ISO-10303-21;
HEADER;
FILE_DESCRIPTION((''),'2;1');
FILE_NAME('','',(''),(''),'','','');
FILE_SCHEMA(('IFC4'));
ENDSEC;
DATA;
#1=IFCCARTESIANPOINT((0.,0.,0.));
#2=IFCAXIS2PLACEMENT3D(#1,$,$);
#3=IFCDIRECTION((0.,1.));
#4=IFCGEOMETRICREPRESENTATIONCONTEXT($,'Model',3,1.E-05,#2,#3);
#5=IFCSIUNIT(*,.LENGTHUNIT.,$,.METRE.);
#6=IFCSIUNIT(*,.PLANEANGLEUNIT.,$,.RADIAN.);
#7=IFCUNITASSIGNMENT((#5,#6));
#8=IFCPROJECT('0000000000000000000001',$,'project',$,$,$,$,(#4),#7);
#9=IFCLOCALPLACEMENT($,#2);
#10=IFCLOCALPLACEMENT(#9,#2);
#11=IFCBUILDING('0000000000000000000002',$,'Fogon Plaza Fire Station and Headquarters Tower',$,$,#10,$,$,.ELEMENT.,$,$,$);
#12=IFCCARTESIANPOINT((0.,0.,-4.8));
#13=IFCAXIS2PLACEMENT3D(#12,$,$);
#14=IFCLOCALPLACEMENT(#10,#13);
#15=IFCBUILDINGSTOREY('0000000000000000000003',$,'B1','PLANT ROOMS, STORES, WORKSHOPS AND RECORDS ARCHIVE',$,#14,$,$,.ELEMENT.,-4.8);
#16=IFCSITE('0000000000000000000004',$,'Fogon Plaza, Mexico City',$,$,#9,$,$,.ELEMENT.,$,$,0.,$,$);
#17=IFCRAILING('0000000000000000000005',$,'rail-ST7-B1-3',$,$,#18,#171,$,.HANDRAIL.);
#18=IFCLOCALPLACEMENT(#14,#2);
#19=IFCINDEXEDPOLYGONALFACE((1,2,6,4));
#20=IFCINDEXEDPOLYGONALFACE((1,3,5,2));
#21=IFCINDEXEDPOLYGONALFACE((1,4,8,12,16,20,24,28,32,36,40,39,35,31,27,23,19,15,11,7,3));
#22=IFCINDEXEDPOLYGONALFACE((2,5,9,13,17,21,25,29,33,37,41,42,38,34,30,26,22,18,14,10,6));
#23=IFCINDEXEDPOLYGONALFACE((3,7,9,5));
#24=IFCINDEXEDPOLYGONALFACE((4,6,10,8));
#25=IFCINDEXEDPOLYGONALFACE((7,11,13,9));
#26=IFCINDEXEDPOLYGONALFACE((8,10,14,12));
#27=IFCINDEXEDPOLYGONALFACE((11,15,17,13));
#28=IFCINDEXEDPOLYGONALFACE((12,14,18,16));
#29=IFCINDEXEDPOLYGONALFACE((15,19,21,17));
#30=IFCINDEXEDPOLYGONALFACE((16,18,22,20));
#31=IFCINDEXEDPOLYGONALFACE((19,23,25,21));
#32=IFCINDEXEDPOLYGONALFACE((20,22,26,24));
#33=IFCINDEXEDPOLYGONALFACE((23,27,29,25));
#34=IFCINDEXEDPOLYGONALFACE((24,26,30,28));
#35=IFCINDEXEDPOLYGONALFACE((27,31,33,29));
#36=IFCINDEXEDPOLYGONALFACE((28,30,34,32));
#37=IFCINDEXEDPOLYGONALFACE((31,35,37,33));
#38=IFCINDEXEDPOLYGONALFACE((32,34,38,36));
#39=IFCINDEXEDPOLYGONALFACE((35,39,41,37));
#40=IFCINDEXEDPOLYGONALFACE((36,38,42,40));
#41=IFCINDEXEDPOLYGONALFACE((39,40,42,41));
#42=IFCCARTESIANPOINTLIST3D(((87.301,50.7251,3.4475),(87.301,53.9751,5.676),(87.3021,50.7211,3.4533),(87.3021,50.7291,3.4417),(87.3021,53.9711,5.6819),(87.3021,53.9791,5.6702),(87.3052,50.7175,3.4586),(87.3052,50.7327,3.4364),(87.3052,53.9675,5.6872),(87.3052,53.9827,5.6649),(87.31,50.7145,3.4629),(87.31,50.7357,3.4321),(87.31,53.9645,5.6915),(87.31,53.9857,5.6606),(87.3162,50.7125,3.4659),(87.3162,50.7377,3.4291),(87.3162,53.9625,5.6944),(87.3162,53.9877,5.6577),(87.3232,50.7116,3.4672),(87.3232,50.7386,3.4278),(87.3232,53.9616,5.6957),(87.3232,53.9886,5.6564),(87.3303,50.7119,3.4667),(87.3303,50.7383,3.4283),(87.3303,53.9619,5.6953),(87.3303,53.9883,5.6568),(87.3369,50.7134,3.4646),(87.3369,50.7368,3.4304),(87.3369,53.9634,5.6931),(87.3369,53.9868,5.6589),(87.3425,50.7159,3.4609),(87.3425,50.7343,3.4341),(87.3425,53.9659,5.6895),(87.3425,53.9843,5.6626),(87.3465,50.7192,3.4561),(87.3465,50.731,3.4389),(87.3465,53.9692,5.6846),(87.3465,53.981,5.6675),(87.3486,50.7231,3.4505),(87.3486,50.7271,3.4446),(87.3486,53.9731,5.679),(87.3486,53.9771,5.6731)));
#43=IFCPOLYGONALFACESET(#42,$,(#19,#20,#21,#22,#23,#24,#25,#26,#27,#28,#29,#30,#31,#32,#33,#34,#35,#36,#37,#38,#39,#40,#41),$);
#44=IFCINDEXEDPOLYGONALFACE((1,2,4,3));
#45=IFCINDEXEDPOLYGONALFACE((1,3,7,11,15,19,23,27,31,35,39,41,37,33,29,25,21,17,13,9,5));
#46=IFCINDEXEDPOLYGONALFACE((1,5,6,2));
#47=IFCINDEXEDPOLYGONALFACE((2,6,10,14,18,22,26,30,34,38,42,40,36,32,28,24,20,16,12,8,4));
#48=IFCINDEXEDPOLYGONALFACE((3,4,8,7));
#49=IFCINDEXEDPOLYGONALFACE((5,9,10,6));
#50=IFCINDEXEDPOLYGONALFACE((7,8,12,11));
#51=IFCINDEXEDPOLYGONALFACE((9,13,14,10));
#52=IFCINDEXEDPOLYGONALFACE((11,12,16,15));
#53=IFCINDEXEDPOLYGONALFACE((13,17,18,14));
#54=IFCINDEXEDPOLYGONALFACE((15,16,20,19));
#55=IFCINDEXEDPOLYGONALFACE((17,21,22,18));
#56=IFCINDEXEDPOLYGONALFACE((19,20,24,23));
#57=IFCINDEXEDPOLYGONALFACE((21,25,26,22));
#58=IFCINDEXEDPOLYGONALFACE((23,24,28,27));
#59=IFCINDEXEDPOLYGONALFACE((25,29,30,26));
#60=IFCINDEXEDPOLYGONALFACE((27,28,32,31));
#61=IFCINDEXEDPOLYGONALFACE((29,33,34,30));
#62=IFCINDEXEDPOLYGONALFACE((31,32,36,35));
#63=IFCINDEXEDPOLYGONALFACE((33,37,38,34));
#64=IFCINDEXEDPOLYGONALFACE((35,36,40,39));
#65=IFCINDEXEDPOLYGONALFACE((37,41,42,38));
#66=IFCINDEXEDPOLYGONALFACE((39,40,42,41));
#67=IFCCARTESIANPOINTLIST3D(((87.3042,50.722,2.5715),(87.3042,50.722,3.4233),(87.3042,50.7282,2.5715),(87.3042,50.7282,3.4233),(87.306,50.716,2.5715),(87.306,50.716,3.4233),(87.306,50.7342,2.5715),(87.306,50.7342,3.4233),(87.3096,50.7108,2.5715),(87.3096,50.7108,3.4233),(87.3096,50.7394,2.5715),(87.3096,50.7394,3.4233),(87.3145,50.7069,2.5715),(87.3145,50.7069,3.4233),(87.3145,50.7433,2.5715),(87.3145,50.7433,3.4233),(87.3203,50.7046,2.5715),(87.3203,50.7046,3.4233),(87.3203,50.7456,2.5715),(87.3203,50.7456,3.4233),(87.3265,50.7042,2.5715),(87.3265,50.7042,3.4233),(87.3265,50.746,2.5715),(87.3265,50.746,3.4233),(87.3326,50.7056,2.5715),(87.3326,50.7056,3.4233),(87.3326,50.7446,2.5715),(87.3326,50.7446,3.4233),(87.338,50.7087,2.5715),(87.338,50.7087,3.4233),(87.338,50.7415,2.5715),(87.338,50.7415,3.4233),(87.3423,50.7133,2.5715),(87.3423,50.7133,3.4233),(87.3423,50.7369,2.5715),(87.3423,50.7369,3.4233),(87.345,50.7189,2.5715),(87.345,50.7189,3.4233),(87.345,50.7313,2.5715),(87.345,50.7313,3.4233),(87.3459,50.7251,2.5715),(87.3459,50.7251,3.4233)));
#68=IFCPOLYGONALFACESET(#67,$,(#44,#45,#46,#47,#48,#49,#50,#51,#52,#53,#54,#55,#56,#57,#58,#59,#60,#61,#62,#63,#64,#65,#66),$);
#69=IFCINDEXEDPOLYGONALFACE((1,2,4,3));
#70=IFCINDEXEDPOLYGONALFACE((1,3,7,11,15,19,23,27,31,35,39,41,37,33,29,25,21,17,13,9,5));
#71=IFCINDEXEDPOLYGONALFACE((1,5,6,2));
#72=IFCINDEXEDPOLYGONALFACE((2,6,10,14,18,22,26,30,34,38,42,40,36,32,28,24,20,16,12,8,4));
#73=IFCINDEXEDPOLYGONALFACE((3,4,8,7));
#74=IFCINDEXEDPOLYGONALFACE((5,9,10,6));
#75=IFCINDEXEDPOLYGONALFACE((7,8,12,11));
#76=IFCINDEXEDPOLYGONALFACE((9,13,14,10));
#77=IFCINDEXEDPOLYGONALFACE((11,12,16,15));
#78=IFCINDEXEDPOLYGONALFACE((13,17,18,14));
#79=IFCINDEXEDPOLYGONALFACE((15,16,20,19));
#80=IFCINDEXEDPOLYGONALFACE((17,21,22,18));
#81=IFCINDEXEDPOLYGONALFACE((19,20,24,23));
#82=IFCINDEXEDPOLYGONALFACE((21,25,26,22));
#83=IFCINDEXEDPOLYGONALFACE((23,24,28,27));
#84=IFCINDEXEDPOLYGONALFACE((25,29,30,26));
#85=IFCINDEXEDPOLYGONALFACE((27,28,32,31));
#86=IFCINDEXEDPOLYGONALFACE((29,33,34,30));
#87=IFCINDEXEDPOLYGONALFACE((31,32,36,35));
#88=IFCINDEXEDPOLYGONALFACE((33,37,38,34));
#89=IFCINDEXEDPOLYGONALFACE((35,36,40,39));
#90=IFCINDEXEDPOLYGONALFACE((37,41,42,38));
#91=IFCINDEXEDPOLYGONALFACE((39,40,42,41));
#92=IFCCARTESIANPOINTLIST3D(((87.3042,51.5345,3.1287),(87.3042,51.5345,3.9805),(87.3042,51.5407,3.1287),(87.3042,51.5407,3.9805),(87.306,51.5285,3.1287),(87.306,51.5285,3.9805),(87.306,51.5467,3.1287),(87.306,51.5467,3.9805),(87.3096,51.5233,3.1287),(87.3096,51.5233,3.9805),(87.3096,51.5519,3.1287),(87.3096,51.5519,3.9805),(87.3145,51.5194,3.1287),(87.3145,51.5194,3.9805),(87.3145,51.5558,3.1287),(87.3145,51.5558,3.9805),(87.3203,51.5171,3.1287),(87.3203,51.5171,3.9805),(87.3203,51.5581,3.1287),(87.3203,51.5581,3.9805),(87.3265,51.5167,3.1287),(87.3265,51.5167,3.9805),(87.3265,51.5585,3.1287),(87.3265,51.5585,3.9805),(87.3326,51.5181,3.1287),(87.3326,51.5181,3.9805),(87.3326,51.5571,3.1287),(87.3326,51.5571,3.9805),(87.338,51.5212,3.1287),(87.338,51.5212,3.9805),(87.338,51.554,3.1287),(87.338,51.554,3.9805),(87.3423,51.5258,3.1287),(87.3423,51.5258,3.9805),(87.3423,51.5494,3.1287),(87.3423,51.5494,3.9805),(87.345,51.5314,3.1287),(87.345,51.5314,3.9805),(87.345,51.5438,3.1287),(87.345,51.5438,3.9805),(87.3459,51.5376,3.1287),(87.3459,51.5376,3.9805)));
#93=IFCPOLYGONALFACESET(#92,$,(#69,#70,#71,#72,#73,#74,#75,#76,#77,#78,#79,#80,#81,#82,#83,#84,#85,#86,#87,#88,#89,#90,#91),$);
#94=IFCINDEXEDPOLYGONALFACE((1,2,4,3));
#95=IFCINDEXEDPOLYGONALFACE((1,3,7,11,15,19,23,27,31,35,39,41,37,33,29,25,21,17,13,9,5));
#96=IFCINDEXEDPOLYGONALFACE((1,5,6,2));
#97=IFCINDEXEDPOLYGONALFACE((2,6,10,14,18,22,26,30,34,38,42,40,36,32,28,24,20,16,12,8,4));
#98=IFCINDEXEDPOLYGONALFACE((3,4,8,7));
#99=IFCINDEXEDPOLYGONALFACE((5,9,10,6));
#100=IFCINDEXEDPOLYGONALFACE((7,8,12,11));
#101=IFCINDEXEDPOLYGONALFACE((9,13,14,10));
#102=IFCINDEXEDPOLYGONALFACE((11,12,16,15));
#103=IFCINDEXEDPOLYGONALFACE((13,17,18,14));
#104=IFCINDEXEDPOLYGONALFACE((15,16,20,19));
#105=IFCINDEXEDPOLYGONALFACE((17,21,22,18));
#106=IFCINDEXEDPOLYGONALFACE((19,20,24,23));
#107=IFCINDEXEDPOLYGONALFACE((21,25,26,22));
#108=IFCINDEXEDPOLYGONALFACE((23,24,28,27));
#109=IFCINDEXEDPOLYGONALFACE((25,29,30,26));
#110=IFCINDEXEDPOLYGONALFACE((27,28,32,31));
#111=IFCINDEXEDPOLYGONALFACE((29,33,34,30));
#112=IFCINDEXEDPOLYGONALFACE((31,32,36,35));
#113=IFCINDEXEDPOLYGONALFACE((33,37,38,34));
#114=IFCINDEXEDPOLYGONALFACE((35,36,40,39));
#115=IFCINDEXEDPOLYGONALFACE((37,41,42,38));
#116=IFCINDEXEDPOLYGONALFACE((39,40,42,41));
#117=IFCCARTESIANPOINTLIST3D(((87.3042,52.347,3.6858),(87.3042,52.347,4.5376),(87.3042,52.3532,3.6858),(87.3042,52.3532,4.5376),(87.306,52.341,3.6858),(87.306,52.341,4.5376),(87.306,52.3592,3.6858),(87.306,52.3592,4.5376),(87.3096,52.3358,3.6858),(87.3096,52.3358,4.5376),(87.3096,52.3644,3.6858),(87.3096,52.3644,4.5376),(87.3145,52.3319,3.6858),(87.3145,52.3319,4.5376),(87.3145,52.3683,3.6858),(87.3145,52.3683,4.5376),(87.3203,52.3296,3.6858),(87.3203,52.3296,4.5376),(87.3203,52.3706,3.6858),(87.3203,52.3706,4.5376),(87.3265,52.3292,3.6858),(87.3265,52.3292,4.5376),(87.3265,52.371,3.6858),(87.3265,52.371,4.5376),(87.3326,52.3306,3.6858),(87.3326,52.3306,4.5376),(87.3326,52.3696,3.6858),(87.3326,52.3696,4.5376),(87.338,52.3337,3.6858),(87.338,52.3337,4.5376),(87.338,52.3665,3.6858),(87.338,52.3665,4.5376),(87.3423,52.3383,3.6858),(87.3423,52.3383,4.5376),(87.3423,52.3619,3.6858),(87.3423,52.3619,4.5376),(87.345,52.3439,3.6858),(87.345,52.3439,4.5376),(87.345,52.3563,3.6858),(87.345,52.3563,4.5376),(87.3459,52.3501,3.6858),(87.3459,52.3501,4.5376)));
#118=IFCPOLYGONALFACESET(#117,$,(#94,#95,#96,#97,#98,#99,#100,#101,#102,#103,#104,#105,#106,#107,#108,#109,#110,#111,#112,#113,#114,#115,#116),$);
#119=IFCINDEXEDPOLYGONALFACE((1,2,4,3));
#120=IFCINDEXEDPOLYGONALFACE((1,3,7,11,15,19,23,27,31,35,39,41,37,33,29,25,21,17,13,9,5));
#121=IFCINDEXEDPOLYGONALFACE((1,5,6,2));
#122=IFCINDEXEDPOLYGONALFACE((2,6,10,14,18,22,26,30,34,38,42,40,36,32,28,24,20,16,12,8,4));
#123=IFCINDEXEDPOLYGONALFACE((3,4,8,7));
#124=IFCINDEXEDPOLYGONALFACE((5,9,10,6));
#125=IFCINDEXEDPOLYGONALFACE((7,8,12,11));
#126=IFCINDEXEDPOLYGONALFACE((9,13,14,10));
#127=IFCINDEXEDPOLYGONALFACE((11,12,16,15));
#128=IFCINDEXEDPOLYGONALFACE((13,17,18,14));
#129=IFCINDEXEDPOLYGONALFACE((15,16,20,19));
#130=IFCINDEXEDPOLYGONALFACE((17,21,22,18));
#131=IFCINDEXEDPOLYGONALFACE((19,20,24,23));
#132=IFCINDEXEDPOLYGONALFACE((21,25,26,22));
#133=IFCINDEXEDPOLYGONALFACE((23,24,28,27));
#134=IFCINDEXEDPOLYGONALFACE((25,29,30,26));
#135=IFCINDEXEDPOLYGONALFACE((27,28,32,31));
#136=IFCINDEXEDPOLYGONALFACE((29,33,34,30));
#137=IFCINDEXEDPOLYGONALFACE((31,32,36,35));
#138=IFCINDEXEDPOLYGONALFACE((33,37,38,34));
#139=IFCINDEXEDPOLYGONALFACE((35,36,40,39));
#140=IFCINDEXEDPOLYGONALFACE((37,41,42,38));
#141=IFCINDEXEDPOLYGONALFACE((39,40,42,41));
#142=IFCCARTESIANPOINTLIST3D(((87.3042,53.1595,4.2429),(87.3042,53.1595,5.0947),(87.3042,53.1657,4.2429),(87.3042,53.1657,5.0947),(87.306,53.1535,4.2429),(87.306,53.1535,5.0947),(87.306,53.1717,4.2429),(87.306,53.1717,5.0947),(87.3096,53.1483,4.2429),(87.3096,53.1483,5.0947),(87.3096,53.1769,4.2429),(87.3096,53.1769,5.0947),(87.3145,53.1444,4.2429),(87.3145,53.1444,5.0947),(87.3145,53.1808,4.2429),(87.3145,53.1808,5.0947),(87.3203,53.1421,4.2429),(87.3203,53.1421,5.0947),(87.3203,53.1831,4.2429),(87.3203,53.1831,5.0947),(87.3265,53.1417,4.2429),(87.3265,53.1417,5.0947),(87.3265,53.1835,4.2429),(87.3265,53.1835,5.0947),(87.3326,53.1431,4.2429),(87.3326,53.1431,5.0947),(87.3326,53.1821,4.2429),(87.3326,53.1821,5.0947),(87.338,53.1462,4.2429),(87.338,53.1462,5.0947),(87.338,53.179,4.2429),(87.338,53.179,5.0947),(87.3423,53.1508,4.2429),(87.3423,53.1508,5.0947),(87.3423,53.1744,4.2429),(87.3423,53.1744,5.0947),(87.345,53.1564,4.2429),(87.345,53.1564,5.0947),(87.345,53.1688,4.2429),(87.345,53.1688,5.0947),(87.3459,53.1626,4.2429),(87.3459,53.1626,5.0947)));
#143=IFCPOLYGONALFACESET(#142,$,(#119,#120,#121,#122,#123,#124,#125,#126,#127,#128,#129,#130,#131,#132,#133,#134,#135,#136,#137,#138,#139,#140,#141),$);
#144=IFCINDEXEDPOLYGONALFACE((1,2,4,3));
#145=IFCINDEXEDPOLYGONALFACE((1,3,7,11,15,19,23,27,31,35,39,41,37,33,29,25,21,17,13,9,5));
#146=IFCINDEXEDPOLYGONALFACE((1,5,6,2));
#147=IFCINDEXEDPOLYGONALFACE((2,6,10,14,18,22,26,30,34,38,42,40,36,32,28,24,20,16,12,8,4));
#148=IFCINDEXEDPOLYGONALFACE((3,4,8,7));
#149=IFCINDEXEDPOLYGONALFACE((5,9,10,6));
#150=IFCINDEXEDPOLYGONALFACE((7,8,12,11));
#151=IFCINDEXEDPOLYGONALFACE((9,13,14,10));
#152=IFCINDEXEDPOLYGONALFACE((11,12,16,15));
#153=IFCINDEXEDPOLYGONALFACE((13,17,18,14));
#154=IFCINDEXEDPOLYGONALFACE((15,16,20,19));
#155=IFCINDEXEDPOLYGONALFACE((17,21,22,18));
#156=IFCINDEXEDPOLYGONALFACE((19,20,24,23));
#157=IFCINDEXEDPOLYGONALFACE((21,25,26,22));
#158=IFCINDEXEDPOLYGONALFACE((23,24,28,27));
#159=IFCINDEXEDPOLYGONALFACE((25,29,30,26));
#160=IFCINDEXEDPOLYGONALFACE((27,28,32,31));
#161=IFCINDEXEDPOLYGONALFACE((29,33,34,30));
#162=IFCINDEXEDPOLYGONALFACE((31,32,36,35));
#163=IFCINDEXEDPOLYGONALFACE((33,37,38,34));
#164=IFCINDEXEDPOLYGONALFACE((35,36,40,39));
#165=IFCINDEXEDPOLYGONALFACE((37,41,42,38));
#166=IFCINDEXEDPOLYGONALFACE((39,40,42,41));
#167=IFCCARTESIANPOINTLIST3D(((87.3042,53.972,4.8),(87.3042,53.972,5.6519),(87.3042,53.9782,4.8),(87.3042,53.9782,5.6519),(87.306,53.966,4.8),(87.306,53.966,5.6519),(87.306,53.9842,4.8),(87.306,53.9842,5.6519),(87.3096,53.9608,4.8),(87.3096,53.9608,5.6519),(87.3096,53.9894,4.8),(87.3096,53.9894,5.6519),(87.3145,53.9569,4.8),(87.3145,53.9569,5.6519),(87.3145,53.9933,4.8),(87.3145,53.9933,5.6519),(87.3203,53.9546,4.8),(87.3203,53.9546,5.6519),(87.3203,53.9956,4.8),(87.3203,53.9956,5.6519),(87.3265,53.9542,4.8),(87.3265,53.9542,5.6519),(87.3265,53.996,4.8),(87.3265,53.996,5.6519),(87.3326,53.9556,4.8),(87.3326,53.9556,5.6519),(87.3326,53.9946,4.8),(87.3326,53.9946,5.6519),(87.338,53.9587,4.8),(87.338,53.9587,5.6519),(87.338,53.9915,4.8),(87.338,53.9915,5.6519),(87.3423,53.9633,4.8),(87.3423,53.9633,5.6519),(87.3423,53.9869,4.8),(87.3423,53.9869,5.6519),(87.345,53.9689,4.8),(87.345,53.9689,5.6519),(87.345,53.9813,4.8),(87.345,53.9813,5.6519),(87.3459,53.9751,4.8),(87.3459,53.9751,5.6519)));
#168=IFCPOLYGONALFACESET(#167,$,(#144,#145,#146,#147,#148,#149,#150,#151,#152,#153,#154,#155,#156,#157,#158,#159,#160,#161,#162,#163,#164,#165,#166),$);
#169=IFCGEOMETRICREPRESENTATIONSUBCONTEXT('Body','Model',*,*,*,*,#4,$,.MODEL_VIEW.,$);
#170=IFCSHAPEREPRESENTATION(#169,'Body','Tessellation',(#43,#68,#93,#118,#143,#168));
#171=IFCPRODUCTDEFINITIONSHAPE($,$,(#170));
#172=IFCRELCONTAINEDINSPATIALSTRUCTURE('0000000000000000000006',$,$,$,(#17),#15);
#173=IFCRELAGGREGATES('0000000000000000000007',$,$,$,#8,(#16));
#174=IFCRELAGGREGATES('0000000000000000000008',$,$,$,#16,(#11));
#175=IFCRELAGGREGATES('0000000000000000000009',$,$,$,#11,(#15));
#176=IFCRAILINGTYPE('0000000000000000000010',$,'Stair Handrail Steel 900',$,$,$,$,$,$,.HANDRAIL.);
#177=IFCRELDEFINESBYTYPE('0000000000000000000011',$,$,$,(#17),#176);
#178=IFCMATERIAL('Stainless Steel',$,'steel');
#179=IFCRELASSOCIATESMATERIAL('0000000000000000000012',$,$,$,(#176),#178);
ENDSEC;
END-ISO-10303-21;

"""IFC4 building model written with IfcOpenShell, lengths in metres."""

from ifc_helpers import new_model, si_unit, direction, frame, origin, origin_2d, place, context, subcontext, project, spatial, circle, extrude, material, type_object, element, save


model = new_model("IFC4")

# Units and contexts
model_context = context("Model", 3, precision=1e-05, world=origin(), true_north=direction((0.0, 1.0)))
body_context = subcontext(model_context, "Body", "Model", "MODEL_VIEW")
ifc_project = project(units=[si_unit("LENGTHUNIT", "METRE"), si_unit("PLANEANGLEUNIT", "RADIAN")], contexts=[model_context])

# Site, building, storey
site_placement = place(None, origin())
site = spatial("IfcSite", under=ifc_project, at=site_placement, Name="Fogon Plaza, Mexico City", CompositionType="ELEMENT", RefElevation=0.0)
building_placement = place(site_placement, origin())
building = spatial("IfcBuilding", under=site, at=building_placement, Name="Fogon Plaza Fire Station and Headquarters Tower", CompositionType="ELEMENT")
storey_placement = place(building_placement, frame((0.0, 0.0, -4.8)))
storey = spatial("IfcBuildingStorey", under=building, at=storey_placement, Name="B1", Description="PLANT ROOMS, STORES, WORKSHOPS AND RECORDS ARCHIVE", CompositionType="ELEMENT", Elevation=-4.8)

# Railing
ifc_material_1 = material(Name="Stainless Steel", Category="steel")
railing_type_1 = type_object("IfcRailingType", Name="Stair Handrail Steel 900", PredefinedType="HANDRAIL", material=ifc_material_1)
for number, where, name in (
    (1, (87.325, 50.7251, 2.5715), "rail-ST7-B1-3"),
):
    element("IfcRailing", number, at=place(storey_placement, frame(where)), inside=storey, type_object=railing_type_1, Name=name, PredefinedType="HANDRAIL", context=body_context, shape_type="SweptSolid", body=[
        extrude(circle(Radius=0.0239, at=origin_2d()), frame((0.0, 0.0, 0.876), z_axis=(0.0, 0.824735, 0.565519), x_axis=(-1.0, 0.0, 0.0)), (0.0, 0.0, 1.0), 3.9407),
        extrude(circle(Radius=0.021, at=origin_2d()), origin(), (0.0, 0.0, 1.0), 0.8518),
        extrude(circle(Radius=0.021, at=origin_2d()), frame((0.0, 0.8125, 0.5571)), (0.0, 0.0, 1.0), 0.8518),
        extrude(circle(Radius=0.021, at=origin_2d()), frame((0.0, 1.625, 1.1143)), (0.0, 0.0, 1.0), 0.8518),
        extrude(circle(Radius=0.021, at=origin_2d()), frame((0.0, 2.4375, 1.6714)), (0.0, 0.0, 1.0), 0.8518),
        extrude(circle(Radius=0.021, at=origin_2d()), frame((0.0, 3.25, 2.2285)), (0.0, 0.0, 1.0), 0.8518),
    ])

save(model, "model.ifc")
